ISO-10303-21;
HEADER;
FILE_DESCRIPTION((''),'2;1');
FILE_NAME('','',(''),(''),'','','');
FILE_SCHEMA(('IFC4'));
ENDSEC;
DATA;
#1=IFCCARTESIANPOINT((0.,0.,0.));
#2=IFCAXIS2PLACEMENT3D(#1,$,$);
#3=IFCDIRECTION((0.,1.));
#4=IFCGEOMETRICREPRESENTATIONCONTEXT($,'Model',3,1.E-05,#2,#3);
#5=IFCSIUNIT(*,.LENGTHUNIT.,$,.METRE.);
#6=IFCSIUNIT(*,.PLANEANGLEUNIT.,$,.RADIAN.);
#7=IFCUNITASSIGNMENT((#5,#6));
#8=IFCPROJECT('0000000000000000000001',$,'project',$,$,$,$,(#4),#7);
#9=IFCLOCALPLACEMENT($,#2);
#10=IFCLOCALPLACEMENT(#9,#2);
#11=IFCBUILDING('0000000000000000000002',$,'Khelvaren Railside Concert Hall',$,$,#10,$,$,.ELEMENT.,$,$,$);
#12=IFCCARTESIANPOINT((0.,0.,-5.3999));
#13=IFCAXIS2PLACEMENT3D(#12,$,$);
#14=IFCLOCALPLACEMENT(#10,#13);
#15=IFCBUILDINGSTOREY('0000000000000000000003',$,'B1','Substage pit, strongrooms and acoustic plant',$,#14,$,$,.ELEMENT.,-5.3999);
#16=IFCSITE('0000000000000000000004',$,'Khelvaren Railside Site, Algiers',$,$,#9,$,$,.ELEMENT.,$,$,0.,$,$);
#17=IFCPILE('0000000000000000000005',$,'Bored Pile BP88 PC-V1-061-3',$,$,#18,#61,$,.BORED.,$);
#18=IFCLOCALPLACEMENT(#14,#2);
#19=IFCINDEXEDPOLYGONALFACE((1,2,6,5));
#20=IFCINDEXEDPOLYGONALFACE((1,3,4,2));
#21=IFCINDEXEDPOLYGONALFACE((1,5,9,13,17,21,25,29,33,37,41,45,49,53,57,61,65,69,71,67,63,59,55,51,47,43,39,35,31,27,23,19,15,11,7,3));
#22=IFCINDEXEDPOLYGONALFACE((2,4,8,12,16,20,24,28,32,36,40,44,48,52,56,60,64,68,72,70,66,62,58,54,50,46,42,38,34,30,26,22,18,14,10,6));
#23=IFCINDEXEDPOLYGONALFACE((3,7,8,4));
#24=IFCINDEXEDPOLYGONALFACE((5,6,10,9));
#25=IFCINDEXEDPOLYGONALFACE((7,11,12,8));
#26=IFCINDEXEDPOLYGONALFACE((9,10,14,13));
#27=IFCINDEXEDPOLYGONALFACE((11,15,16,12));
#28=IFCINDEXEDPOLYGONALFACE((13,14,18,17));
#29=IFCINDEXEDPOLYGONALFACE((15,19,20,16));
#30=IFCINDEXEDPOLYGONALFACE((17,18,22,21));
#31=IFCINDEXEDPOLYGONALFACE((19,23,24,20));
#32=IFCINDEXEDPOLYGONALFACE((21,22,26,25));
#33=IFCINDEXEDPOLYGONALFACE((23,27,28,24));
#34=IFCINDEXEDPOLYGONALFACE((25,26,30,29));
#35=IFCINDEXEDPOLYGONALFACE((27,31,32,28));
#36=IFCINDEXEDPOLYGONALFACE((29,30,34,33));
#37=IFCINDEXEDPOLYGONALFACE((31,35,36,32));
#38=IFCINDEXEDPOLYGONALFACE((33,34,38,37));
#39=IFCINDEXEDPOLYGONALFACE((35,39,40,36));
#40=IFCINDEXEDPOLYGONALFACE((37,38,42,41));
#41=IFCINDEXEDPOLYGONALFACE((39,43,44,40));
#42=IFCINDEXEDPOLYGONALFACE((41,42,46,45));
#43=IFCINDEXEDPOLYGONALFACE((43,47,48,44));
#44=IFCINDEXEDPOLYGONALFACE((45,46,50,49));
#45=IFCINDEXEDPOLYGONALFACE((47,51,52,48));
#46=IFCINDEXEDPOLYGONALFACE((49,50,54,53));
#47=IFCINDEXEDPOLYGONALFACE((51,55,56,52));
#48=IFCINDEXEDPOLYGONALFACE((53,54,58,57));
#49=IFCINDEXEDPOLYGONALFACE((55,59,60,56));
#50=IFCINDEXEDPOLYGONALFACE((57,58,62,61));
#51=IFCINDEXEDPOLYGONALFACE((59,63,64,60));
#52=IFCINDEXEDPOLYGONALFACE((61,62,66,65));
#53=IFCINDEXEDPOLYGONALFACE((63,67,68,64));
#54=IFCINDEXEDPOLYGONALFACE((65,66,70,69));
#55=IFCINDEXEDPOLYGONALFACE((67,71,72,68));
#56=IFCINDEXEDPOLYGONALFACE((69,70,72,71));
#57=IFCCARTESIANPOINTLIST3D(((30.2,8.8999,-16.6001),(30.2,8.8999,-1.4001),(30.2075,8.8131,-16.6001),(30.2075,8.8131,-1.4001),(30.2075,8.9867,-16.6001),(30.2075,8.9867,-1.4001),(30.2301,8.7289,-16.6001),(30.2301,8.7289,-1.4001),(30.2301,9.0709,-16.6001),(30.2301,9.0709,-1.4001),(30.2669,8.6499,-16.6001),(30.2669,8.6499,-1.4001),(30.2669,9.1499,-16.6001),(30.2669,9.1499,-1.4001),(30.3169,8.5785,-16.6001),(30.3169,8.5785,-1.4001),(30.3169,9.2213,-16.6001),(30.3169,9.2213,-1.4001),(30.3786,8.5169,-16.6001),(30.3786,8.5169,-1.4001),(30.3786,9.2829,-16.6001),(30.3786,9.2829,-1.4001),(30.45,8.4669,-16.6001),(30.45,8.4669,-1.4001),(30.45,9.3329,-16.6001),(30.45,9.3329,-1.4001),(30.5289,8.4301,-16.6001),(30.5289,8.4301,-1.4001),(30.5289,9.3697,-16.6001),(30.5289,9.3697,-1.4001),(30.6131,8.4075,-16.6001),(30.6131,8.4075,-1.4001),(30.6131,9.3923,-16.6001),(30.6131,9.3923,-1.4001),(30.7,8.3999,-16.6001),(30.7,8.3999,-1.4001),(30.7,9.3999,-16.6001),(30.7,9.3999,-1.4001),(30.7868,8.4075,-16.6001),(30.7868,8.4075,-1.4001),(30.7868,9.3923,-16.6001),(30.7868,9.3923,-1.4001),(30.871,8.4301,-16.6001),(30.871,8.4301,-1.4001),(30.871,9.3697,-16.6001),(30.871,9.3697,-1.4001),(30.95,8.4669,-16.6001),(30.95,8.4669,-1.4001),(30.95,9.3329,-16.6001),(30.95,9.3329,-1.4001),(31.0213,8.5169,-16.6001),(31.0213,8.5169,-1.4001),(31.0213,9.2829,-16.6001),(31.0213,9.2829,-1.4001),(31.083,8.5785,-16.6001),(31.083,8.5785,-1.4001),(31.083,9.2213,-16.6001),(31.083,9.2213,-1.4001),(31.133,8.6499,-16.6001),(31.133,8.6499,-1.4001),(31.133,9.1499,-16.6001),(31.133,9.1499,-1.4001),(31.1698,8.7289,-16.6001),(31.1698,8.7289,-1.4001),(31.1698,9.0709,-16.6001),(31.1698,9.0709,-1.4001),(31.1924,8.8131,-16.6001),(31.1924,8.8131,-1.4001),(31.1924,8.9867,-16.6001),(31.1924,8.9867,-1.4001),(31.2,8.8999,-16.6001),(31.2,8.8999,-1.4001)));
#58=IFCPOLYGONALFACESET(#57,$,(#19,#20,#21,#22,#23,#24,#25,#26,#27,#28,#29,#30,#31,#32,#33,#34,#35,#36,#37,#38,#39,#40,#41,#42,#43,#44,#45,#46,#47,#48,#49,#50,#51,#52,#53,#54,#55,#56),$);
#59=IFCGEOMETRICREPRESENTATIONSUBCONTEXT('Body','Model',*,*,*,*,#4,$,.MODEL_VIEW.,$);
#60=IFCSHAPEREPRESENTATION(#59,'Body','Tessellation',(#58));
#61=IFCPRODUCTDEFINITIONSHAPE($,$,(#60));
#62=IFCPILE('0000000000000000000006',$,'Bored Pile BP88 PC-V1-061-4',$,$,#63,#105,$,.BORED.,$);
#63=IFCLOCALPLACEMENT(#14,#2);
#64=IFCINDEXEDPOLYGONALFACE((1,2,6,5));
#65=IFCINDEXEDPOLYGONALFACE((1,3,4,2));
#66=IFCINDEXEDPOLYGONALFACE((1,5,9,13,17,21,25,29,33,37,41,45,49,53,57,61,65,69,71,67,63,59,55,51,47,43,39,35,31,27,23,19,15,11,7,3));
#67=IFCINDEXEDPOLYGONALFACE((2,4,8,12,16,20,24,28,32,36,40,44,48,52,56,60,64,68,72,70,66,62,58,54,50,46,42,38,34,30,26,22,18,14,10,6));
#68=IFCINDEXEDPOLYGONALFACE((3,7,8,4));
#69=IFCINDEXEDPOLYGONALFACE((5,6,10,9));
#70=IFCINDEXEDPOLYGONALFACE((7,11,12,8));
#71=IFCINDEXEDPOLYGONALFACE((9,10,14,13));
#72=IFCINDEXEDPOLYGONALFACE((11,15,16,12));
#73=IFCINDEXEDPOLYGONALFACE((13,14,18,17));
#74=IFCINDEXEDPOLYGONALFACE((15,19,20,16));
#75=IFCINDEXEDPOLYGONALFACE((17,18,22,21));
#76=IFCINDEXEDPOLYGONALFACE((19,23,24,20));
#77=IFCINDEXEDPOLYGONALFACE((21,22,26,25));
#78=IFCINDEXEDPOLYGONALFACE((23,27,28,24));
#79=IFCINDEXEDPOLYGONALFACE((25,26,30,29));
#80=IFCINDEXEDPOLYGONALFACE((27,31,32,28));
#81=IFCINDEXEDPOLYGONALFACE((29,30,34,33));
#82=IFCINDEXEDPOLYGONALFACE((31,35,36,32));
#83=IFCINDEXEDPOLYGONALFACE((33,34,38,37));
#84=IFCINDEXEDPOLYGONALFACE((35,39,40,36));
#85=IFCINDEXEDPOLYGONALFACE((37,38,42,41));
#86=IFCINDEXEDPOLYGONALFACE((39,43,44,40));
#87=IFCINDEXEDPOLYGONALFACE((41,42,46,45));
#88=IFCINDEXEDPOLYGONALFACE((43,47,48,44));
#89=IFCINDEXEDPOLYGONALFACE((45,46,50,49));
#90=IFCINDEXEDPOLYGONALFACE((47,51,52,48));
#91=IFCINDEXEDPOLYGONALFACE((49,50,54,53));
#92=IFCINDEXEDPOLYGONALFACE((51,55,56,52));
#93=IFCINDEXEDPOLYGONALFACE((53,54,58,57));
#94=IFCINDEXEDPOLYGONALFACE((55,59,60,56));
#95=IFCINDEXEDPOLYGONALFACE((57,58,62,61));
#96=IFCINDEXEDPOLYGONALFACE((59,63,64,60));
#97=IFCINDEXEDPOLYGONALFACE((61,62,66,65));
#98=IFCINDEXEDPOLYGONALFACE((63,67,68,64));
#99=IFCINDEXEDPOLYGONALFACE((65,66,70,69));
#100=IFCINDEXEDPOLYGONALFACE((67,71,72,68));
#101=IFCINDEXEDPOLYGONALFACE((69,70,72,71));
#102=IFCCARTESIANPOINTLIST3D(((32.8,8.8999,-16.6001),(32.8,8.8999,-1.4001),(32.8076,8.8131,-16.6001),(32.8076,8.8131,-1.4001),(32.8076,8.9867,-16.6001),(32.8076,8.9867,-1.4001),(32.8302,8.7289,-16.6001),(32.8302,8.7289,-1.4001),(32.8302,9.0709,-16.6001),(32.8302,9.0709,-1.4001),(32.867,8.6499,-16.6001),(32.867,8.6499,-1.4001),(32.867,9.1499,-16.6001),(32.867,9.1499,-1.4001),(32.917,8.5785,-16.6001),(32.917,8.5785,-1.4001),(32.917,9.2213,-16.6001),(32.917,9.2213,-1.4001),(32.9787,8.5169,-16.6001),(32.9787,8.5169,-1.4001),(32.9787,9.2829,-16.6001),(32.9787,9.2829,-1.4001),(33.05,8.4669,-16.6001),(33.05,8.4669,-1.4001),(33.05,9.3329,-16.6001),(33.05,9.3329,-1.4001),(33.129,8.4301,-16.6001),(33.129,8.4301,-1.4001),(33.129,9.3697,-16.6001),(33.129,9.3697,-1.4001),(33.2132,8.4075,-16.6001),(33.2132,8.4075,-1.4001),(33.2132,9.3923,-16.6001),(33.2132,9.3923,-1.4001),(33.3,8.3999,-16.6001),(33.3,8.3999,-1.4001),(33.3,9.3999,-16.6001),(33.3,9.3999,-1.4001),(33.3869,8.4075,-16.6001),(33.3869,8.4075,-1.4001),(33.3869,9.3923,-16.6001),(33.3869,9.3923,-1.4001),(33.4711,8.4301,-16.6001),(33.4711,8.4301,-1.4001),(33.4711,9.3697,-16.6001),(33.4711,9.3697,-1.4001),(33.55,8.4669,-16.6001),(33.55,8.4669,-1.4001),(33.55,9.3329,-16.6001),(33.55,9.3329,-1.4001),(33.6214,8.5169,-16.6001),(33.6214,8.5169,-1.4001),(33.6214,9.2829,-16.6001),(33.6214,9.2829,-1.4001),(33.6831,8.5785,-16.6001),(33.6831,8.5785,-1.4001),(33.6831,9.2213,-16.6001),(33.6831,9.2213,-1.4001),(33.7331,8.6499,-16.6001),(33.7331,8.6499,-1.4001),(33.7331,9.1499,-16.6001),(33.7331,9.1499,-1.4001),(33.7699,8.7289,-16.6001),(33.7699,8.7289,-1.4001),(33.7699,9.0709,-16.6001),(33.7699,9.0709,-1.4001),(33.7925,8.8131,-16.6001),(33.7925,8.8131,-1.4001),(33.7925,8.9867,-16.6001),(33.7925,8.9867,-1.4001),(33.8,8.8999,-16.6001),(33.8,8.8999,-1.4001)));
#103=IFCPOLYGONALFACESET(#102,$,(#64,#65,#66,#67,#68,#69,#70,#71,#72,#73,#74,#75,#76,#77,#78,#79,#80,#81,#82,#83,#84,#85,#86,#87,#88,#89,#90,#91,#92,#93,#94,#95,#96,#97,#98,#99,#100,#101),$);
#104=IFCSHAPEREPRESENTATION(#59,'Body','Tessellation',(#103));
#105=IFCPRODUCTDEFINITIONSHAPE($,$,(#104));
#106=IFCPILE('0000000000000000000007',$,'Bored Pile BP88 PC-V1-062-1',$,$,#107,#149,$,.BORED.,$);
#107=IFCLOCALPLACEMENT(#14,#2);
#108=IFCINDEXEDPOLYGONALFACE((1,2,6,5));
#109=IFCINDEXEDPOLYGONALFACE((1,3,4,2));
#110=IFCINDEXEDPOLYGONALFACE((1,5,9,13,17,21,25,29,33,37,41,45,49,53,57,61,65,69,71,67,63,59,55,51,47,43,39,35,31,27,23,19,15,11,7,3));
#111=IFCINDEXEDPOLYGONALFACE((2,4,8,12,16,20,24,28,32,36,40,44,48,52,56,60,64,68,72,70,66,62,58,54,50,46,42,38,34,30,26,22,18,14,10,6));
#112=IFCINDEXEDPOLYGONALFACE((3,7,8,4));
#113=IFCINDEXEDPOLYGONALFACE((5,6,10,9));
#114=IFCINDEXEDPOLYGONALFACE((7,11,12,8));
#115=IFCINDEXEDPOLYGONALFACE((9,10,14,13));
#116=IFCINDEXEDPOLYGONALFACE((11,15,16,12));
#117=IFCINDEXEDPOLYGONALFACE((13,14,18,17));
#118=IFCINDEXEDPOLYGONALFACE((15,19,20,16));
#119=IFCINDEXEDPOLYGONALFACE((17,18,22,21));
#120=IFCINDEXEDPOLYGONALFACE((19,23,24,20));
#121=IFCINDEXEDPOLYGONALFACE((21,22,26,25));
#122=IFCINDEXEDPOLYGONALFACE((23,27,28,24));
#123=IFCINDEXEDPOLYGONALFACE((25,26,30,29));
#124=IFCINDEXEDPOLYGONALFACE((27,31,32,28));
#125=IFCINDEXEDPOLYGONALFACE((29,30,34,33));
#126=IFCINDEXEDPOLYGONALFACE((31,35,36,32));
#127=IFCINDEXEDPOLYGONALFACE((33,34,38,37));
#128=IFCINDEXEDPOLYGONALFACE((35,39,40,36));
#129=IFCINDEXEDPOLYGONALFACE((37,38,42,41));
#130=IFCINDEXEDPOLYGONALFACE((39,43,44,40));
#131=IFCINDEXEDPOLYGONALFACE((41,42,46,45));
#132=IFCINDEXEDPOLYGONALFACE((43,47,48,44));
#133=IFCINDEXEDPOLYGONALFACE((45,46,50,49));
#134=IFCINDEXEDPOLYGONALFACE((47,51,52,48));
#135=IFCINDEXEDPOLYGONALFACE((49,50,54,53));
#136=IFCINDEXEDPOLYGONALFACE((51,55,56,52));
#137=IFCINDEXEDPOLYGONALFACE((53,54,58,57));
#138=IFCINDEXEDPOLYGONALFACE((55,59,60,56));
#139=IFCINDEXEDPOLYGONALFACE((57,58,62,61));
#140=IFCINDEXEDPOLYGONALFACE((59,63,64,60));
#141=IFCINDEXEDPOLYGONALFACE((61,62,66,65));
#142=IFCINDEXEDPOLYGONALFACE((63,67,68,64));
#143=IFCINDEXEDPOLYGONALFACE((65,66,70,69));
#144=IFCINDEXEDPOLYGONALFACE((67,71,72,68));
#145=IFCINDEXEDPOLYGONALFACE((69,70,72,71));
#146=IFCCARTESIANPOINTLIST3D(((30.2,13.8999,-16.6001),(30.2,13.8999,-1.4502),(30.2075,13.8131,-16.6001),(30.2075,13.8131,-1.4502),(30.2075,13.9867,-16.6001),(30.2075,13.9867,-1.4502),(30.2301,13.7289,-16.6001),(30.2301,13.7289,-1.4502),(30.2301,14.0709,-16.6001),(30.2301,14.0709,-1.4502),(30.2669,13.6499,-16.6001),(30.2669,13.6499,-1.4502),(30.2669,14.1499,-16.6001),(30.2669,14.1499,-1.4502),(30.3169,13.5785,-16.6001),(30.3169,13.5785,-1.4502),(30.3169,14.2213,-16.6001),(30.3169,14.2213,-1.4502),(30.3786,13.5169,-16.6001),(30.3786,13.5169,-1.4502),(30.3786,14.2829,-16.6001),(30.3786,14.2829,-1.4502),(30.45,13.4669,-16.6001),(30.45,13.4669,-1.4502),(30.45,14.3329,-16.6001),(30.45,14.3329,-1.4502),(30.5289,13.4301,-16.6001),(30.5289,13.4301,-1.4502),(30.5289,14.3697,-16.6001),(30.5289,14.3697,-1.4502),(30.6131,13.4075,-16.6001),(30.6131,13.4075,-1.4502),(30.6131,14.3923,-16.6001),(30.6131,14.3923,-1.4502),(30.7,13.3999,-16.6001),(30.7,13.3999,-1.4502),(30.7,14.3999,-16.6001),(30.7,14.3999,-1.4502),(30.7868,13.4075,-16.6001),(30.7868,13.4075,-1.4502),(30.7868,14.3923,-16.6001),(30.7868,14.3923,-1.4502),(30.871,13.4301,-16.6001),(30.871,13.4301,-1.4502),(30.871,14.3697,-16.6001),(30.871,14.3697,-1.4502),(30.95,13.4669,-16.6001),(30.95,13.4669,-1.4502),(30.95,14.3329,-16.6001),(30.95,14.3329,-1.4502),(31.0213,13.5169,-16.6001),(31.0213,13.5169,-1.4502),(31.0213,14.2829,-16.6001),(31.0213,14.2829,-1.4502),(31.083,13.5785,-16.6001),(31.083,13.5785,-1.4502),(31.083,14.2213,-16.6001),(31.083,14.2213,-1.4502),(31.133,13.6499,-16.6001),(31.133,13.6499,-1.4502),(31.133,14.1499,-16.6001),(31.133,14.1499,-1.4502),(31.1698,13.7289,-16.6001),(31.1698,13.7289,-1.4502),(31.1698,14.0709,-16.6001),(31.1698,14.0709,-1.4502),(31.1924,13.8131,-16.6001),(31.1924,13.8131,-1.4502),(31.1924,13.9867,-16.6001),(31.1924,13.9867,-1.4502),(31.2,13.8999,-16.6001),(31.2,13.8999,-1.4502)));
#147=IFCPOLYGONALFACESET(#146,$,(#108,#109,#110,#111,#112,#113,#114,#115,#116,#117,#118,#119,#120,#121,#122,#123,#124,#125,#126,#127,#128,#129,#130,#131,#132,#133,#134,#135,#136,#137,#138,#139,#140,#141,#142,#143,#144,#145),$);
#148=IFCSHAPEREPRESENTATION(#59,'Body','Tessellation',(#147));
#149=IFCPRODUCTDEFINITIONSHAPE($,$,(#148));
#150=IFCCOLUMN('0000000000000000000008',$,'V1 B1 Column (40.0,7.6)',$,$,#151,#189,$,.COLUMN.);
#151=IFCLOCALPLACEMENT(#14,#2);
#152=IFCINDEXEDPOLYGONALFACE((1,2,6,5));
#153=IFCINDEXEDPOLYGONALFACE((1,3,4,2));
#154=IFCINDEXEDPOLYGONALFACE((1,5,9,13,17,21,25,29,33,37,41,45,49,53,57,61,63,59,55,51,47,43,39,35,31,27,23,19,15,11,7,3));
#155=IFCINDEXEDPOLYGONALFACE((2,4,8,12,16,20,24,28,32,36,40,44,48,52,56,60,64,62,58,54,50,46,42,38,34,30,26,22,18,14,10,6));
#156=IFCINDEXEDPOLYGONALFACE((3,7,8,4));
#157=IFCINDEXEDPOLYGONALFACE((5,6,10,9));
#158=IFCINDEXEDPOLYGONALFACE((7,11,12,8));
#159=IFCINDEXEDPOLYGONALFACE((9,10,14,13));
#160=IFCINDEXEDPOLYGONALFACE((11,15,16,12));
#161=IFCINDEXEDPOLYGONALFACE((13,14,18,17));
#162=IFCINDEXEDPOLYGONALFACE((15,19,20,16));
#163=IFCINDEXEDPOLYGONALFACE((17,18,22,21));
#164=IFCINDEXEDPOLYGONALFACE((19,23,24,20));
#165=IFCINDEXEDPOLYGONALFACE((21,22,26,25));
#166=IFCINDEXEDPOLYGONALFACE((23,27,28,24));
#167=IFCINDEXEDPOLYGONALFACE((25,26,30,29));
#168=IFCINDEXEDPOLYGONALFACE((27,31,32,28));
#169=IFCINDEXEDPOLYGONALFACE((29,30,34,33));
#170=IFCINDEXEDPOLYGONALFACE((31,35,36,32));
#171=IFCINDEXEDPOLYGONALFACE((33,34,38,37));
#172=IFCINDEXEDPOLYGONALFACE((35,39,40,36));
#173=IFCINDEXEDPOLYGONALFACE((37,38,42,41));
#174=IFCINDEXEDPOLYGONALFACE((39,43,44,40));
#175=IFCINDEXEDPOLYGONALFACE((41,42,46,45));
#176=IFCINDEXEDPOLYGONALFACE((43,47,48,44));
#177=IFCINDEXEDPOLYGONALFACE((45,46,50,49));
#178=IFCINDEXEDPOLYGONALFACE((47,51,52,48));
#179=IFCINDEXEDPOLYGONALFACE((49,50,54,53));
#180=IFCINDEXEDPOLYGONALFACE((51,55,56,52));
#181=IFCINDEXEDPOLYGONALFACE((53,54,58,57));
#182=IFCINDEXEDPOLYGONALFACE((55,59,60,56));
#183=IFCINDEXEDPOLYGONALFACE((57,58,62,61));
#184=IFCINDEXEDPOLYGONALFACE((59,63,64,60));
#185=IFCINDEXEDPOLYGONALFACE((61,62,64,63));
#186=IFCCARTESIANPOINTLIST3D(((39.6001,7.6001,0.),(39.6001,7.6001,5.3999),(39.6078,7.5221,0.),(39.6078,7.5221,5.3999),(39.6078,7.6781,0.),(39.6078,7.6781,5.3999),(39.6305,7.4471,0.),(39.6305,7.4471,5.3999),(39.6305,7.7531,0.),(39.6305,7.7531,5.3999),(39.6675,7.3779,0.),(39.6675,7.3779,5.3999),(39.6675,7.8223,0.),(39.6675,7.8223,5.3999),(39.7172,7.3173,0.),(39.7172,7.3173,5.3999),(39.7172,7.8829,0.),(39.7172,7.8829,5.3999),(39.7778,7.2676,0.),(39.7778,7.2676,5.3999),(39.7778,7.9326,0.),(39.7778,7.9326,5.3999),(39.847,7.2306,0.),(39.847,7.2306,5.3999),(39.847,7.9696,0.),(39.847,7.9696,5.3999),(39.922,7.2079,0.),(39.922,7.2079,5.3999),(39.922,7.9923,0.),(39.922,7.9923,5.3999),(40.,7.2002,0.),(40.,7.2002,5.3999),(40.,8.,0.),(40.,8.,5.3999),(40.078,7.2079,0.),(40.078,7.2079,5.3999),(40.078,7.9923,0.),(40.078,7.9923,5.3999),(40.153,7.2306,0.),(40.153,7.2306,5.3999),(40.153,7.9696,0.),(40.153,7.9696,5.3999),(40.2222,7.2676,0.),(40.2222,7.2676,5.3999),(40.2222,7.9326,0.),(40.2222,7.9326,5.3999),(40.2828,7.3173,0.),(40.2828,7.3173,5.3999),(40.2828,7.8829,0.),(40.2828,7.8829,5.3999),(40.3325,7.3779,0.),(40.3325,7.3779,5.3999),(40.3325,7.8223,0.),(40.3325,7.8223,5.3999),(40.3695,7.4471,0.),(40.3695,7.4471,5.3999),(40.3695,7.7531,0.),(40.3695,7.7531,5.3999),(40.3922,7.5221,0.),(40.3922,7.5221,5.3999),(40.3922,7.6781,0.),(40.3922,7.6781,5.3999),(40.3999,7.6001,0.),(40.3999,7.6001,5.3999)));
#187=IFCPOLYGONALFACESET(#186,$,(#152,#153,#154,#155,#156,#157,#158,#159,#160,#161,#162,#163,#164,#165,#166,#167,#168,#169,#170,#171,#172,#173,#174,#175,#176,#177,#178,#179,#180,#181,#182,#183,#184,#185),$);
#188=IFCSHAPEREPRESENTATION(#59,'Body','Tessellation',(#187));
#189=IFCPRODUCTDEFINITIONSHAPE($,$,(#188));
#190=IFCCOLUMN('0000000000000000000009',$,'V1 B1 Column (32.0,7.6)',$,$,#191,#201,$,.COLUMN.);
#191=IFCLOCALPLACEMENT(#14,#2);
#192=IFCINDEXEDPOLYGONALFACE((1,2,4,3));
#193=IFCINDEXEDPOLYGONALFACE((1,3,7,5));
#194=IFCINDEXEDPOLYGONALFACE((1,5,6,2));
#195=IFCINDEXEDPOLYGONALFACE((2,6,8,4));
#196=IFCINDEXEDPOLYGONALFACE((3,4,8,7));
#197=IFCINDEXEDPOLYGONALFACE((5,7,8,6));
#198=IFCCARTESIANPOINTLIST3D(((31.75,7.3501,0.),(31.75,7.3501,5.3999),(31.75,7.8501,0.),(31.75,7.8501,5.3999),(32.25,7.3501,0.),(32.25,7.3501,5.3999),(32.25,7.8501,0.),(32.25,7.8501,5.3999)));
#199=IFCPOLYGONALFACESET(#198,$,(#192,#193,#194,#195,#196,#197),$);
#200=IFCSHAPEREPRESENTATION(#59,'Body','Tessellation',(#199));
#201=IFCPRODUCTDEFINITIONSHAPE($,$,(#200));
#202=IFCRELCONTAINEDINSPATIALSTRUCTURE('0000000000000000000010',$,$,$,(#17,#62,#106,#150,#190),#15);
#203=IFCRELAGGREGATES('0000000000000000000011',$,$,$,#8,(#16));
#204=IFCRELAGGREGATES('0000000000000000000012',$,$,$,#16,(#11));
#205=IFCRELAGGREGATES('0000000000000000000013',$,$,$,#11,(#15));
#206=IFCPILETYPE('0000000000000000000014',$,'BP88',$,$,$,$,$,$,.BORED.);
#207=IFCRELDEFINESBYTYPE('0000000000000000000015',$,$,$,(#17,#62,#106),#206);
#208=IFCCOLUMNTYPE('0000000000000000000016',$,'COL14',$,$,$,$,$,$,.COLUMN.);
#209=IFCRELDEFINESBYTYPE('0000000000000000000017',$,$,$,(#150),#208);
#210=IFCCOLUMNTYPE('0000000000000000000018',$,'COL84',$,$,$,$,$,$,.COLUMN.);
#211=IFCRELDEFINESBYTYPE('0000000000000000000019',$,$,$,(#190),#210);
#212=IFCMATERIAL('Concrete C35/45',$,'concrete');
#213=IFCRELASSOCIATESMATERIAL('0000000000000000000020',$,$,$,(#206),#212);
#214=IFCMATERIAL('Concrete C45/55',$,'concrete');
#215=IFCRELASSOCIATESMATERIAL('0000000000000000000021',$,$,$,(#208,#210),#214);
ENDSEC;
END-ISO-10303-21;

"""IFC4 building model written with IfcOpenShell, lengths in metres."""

from ifc_helpers import new_model, si_unit, direction, frame, origin, origin_2d, place, context, subcontext, project, spatial, rectangle, circle, extrude, material, material_profile, profile_set, type_object, element, save


model = new_model("IFC4")

# Units and contexts
model_context = context("Model", 3, precision=1e-05, world=origin(), true_north=direction((0.0, 1.0)))
body_context = subcontext(model_context, "Body", "Model", "MODEL_VIEW")
ifc_project = project(units=[si_unit("LENGTHUNIT", "METRE"), si_unit("PLANEANGLEUNIT", "RADIAN")], contexts=[model_context])

# Site, building, storey
site_placement = place(None, origin())
site = spatial("IfcSite", under=ifc_project, at=site_placement, Name="Khelvaren Railside Site, Algiers", CompositionType="ELEMENT", RefElevation=0.0)
building_placement = place(site_placement, origin())
building = spatial("IfcBuilding", under=site, at=building_placement, Name="Khelvaren Railside Concert Hall", CompositionType="ELEMENT")
storey_placement = place(building_placement, frame((0.0, 0.0, -5.3999)))
storey = spatial("IfcBuildingStorey", under=building, at=storey_placement, Name="B1", Description="Substage pit, strongrooms and acoustic plant", CompositionType="ELEMENT", Elevation=-5.3999)

# Piles
ifc_material_1 = material(Name="Concrete C35/45", Category="concrete")
ifc_material_profile_1 = material_profile(ifc_material_1, circle(Radius=0.5, at=origin_2d()), Name="BP D1000")
ifc_profile_set_1 = profile_set([ifc_material_profile_1], Name="Concrete C35/45")
pile_type_1 = type_object("IfcPileType", Name="BP88", PredefinedType="BORED", material=ifc_profile_set_1)
for number, where, z_axis, x_axis, name in (
    (1, (30.7, 8.8999, -1.4001), (0.0, 0.0, -1.0), (1.0, 0.0, 0.0), "Bored Pile BP88 PC-V1-061-3"),
    (2, (33.3, 8.8999, -1.4001), (0.0, 0.0, -1.0), (1.0, 0.0, 0.0), "Bored Pile BP88 PC-V1-061-4"),
):
    element("IfcPile", number, at=place(storey_placement, frame(where, z_axis=z_axis, x_axis=x_axis)), inside=storey, type_object=pile_type_1, Name=name, PredefinedType="BORED", context=body_context, shape_type="SweptSolid", body=[
        extrude(circle(Radius=0.5, at=origin_2d()), origin(), (0.0, 0.0, 1.0), 15.2),
    ])
pile_placement = place(storey_placement, frame((30.7, 13.8999, -1.4502), z_axis=(0.0, 0.0, -1.0), x_axis=(1.0, 0.0, 0.0)))
element("IfcPile", 3, at=pile_placement, inside=storey, type_object=pile_type_1, Name="Bored Pile BP88 PC-V1-062-1", PredefinedType="BORED", context=body_context, shape_type="SweptSolid", body=[
    extrude(circle(Radius=0.5, at=origin_2d()), origin(), (0.0, 0.0, 1.0), 15.1499),
])

# Columns
ifc_material_2 = material(Name="Concrete C45/55", Category="concrete")
ifc_material_profile_2 = material_profile(ifc_material_2, circle(Radius=0.3999, at=origin_2d()), Name="RC D800")
ifc_profile_set_2 = profile_set([ifc_material_profile_2], Name="Concrete C45/55")
column_type_1 = type_object("IfcColumnType", Name="COL14", PredefinedType="COLUMN", material=ifc_profile_set_2)
column_1_placement = place(storey_placement, frame((40.0, 7.6001, 0.0), z_axis=(0.0, 0.0, 1.0), x_axis=(1.0, 0.0, 0.0)))
element("IfcColumn", 4, at=column_1_placement, inside=storey, type_object=column_type_1, Name="V1 B1 Column (40.0,7.6)", PredefinedType="COLUMN", context=body_context, shape_type="SweptSolid", body=[
    extrude(circle(Radius=0.3999, at=origin_2d()), origin(), (0.0, 0.0, 1.0), 5.3999),
])
ifc_material_profile_3 = material_profile(ifc_material_2, rectangle(XDim=0.5, YDim=0.5, at=origin_2d()), Name="RC 500x500")
ifc_profile_set_3 = profile_set([ifc_material_profile_3], Name="Concrete C45/55")
column_type_2 = type_object("IfcColumnType", Name="COL84", PredefinedType="COLUMN", material=ifc_profile_set_3)
column_2_placement = place(storey_placement, frame((32.0, 7.6001, 0.0), z_axis=(0.0, 0.0, 1.0), x_axis=(1.0, 0.0, 0.0)))
element("IfcColumn", 5, at=column_2_placement, inside=storey, type_object=column_type_2, Name="V1 B1 Column (32.0,7.6)", PredefinedType="COLUMN", context=body_context, shape_type="SweptSolid", body=[
    extrude(rectangle(XDim=0.5, YDim=0.5, at=origin_2d()), origin(), (0.0, 0.0, 1.0), 5.3999),
])

save(model, "model.ifc")
